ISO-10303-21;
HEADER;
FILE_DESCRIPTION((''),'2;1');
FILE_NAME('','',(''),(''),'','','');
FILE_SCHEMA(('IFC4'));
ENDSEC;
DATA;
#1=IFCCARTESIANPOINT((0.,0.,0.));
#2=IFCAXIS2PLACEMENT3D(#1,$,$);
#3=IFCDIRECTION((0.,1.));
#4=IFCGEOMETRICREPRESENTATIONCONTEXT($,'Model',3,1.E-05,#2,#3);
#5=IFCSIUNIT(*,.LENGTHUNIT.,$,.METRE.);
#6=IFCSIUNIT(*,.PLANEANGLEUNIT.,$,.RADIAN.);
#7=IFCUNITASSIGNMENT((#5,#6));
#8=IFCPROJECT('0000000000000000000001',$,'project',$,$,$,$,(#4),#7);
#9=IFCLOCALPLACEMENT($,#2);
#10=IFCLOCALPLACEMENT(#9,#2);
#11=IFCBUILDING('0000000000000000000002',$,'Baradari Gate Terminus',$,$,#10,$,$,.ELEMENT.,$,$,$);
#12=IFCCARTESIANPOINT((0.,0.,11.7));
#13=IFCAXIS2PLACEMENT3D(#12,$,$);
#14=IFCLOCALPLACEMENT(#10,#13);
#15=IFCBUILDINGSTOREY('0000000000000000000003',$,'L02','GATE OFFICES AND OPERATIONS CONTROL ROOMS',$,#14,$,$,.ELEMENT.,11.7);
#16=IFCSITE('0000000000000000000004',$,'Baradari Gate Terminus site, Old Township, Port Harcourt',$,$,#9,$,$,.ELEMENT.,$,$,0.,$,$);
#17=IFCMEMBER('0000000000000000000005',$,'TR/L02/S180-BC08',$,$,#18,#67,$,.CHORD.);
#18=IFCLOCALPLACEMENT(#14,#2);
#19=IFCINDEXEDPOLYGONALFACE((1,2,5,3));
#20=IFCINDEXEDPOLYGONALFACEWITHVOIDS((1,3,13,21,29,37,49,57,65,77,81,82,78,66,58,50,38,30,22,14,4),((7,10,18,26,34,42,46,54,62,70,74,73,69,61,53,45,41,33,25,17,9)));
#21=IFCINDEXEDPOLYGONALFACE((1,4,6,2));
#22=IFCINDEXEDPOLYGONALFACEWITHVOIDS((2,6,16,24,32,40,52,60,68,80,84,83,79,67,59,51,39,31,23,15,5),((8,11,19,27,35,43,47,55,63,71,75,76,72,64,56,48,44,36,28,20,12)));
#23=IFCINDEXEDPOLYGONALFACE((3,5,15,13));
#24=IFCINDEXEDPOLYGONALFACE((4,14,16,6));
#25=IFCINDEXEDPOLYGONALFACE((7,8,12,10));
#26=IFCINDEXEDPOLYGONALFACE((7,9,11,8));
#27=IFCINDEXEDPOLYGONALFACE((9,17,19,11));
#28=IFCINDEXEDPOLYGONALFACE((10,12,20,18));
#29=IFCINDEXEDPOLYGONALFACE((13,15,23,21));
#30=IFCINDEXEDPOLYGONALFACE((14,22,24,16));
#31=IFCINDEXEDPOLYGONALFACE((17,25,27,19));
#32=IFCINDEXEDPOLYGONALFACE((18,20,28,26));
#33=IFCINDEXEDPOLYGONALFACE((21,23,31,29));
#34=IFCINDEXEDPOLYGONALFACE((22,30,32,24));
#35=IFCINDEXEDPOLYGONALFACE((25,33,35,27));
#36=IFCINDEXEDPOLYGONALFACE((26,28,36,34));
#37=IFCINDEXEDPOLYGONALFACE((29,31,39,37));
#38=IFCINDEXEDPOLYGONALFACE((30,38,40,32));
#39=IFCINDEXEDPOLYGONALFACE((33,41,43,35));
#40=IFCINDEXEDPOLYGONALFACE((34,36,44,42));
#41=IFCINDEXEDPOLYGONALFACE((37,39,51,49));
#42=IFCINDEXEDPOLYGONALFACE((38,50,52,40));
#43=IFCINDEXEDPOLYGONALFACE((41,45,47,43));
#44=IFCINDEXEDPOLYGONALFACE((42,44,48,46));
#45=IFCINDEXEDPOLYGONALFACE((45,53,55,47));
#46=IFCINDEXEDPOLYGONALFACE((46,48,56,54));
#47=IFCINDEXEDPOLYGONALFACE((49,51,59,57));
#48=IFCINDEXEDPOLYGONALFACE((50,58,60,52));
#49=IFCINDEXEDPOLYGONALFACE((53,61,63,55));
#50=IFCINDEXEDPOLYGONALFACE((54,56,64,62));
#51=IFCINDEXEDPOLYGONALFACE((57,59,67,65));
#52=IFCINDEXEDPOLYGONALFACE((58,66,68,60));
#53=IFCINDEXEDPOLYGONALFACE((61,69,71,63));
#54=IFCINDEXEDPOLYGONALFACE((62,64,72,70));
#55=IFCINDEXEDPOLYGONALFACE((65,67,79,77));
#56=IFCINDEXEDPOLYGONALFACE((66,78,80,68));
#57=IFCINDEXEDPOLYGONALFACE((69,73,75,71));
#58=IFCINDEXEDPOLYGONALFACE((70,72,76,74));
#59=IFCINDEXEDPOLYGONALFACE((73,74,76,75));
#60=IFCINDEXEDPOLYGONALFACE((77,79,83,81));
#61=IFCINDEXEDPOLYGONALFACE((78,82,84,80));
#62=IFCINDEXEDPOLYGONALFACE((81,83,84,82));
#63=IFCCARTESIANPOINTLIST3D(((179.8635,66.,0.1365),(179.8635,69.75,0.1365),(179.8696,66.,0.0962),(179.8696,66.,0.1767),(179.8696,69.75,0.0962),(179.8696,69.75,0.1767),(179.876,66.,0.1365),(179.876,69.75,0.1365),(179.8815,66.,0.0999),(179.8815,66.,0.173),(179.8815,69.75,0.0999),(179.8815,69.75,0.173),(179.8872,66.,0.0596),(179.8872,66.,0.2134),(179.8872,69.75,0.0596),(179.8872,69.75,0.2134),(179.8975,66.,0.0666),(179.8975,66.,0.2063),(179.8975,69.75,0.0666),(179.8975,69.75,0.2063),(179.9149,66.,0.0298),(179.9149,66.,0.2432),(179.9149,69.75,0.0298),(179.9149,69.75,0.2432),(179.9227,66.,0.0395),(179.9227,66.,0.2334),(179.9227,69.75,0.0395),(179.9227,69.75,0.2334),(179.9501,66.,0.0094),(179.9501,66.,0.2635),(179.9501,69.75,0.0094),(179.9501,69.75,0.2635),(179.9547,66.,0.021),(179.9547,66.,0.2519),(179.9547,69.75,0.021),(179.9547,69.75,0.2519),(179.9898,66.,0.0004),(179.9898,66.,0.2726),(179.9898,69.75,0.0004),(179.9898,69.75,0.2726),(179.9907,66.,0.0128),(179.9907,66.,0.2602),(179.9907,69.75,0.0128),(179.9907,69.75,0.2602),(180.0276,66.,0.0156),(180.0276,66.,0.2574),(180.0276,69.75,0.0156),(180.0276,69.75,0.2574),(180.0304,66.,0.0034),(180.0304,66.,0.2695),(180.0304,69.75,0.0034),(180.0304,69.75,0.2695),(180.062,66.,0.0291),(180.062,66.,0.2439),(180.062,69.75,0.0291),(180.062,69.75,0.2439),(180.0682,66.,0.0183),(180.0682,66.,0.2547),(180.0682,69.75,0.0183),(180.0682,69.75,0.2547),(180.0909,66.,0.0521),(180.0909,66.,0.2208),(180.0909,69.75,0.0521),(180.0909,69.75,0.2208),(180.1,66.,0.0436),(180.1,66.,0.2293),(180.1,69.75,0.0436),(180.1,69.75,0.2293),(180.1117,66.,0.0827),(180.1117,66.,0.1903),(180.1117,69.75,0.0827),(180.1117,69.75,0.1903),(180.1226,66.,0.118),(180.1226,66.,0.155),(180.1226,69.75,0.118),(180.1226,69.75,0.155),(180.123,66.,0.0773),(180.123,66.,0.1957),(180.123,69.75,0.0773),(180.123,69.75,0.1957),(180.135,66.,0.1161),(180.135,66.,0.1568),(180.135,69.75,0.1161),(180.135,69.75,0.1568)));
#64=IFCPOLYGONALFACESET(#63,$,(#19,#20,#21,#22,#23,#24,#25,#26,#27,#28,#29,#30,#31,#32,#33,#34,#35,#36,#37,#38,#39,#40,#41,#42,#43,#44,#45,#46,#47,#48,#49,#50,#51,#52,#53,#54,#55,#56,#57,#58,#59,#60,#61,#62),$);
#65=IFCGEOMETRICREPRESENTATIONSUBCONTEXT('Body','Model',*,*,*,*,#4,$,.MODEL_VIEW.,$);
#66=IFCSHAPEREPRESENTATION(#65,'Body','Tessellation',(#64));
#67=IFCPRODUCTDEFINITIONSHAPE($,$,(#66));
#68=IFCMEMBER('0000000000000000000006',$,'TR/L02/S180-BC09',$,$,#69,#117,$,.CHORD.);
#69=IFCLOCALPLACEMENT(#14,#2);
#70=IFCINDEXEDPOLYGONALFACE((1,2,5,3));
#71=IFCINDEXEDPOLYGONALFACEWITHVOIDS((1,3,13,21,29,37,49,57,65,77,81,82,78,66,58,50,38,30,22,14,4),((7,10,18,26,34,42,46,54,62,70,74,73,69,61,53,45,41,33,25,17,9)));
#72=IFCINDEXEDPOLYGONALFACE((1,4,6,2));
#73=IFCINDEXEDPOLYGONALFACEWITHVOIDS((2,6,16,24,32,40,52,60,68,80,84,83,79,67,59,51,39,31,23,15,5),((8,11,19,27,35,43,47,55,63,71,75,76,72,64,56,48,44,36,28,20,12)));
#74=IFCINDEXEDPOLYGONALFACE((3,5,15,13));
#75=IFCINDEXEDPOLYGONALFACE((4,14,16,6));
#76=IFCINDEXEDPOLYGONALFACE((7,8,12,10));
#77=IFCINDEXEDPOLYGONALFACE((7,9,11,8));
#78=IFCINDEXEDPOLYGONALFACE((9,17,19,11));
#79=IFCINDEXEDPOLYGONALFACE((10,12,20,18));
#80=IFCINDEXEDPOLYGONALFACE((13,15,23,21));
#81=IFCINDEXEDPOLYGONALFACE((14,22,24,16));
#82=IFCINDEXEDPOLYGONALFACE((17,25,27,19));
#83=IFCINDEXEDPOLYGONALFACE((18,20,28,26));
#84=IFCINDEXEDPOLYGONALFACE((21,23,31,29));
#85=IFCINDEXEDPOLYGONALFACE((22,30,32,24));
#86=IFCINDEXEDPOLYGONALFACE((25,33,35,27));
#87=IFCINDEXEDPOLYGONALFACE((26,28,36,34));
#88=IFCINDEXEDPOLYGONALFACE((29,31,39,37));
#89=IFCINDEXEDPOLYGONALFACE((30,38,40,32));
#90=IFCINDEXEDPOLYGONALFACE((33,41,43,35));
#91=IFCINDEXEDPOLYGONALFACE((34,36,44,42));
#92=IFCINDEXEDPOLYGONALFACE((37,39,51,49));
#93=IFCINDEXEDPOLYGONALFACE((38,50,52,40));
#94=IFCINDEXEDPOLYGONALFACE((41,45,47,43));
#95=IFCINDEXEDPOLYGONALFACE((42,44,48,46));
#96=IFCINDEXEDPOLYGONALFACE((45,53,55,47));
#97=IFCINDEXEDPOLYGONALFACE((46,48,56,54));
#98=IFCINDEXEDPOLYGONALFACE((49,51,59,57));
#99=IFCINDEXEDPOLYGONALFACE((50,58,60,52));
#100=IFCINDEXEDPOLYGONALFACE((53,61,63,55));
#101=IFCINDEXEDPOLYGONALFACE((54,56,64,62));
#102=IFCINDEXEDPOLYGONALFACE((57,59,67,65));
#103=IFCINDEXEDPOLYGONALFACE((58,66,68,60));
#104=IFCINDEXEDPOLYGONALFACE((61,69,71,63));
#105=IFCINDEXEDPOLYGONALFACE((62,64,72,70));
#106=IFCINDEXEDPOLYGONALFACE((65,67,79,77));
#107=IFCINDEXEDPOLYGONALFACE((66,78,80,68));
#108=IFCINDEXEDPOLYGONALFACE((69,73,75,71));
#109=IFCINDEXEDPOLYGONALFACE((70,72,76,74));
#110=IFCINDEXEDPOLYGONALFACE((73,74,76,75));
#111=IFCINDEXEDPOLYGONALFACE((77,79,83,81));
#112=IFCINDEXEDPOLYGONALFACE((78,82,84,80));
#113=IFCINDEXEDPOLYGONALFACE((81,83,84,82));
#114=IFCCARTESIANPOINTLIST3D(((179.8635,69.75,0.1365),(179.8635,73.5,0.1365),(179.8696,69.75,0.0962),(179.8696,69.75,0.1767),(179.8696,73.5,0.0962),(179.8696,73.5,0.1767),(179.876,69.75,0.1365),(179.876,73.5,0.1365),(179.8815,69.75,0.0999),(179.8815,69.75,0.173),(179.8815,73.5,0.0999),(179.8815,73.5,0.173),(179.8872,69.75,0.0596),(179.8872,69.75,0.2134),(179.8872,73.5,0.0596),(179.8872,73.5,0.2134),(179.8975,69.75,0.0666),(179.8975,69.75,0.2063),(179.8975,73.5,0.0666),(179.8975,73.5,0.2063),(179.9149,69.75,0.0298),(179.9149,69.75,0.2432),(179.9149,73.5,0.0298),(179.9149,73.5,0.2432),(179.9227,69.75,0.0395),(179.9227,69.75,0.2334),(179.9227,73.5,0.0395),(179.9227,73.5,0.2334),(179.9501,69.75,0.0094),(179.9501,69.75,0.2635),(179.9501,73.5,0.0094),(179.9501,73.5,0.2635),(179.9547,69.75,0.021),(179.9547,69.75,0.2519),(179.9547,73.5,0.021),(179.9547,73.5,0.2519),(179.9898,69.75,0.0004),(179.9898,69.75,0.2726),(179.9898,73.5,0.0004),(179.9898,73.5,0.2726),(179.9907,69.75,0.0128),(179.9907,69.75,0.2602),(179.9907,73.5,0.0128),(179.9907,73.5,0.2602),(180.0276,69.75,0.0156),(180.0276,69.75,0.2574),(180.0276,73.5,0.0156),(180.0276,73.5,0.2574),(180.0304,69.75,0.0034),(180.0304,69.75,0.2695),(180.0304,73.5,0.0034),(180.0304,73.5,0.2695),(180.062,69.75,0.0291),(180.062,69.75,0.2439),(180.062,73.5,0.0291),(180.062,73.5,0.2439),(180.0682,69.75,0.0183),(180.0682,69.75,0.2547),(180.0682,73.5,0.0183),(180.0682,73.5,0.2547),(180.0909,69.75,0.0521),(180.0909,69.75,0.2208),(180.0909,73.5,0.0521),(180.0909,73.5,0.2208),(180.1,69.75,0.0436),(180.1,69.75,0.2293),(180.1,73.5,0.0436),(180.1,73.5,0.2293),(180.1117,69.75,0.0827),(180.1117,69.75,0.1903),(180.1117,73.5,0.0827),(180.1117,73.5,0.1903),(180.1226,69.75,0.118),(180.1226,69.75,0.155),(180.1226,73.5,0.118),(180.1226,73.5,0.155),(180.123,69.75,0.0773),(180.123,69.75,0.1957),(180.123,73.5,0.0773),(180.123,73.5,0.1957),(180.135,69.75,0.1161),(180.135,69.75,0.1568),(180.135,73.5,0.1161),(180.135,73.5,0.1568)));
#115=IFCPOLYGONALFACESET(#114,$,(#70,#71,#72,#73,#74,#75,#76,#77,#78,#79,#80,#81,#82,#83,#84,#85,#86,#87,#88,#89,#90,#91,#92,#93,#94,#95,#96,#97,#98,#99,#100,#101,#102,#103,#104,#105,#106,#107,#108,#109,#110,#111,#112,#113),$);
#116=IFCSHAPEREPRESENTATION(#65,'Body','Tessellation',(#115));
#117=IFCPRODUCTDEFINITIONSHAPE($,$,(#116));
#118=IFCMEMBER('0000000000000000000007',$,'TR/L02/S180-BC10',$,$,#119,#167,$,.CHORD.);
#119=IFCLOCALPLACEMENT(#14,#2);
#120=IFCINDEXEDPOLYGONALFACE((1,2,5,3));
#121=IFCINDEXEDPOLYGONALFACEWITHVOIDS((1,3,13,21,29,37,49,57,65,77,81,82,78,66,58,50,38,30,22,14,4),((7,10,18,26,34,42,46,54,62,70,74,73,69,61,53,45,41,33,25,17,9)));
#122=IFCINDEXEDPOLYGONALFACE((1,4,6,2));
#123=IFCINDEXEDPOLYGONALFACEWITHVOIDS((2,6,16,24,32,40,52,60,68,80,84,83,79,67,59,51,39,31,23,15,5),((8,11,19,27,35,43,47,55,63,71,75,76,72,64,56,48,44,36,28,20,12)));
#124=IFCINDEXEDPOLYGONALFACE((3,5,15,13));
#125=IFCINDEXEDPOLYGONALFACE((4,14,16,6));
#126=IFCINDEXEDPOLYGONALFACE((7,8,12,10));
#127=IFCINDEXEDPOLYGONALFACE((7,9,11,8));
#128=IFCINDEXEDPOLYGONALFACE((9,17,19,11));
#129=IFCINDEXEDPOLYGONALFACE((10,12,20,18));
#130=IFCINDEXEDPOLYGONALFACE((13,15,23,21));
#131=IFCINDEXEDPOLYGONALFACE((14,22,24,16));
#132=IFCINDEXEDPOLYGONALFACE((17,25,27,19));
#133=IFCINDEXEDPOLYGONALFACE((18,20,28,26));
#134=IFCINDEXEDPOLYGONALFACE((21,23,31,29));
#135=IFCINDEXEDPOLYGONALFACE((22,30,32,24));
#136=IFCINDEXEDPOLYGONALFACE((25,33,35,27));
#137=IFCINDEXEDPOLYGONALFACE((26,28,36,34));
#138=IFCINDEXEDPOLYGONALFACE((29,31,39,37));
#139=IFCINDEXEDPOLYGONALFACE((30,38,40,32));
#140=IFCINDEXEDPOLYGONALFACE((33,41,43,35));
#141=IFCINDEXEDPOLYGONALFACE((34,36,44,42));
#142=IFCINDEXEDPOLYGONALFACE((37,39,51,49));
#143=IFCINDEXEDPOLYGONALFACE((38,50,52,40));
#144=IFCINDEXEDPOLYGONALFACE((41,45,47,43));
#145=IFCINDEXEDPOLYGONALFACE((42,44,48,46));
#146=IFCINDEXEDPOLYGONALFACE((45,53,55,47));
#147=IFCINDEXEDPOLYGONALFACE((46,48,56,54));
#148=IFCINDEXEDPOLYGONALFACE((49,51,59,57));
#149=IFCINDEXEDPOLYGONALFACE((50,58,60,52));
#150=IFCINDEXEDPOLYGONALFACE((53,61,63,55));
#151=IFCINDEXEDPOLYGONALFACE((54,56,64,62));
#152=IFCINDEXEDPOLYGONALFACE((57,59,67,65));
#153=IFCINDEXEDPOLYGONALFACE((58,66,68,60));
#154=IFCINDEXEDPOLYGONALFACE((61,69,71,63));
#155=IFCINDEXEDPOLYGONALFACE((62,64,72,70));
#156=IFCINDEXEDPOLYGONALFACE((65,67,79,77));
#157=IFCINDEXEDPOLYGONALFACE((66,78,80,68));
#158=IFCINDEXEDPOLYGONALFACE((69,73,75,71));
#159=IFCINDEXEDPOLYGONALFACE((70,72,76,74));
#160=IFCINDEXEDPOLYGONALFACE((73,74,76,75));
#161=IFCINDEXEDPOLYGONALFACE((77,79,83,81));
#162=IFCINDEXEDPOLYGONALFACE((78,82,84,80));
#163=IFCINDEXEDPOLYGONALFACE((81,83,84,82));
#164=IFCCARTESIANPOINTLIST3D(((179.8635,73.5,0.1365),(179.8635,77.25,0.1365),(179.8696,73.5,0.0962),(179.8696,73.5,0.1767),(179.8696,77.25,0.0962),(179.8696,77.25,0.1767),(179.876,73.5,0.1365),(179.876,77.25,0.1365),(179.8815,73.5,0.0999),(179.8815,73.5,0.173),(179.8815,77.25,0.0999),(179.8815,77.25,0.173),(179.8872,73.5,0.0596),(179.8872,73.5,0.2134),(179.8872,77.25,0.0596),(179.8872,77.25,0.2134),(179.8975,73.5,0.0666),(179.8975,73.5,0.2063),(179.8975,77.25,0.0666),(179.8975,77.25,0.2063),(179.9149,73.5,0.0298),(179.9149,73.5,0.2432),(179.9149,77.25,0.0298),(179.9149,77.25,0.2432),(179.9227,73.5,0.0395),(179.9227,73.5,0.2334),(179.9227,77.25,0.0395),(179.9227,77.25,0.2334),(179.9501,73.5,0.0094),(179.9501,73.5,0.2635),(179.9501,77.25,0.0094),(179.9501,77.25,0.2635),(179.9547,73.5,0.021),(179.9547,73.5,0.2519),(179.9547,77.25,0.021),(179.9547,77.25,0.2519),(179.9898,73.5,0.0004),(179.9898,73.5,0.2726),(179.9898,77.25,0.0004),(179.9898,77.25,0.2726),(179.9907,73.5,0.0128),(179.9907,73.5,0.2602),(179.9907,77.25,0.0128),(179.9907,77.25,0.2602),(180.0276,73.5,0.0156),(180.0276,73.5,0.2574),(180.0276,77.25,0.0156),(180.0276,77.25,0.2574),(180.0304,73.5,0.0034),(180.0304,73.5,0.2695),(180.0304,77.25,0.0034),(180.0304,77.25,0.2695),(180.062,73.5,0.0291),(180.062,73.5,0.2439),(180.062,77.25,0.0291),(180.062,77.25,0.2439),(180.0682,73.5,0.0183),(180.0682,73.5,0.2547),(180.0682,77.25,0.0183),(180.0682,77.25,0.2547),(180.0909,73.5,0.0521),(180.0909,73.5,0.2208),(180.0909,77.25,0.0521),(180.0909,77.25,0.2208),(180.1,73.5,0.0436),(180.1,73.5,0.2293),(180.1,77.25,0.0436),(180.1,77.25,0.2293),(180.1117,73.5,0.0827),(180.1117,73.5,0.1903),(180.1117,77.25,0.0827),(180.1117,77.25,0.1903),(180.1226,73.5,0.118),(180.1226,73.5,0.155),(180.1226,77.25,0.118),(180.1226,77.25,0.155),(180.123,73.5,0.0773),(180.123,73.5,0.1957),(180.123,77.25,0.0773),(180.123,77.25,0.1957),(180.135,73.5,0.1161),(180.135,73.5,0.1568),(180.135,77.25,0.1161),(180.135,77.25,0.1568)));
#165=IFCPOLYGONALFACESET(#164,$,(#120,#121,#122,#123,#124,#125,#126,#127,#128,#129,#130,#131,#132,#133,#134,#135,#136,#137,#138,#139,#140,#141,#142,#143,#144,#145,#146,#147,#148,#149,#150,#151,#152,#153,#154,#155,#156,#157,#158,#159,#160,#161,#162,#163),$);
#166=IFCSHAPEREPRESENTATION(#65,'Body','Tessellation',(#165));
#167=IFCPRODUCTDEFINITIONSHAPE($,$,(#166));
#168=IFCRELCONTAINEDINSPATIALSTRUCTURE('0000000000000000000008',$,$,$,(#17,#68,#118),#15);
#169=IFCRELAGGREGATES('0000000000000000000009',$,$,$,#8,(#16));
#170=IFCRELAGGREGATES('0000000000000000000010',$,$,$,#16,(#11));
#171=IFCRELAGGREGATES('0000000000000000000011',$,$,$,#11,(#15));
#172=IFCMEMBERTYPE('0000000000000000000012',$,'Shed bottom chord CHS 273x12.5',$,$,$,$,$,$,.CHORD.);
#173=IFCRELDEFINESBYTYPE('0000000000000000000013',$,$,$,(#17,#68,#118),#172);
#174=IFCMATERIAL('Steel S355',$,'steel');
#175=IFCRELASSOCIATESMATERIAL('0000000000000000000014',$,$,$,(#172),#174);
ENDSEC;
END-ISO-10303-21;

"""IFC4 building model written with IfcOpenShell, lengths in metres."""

from ifc_helpers import new_model, si_unit, direction, frame, origin, origin_2d, place, context, subcontext, project, spatial, hollow_circle, extrude, material, material_profile, profile_set, type_object, element, save


model = new_model("IFC4")

# Units and contexts
model_context = context("Model", 3, precision=1e-05, world=origin(), true_north=direction((0.0, 1.0)))
body_context = subcontext(model_context, "Body", "Model", "MODEL_VIEW")
ifc_project = project(units=[si_unit("LENGTHUNIT", "METRE"), si_unit("PLANEANGLEUNIT", "RADIAN")], contexts=[model_context])

# Site, building, storey
site_placement = place(None, origin())
site = spatial("IfcSite", under=ifc_project, at=site_placement, Name="Baradari Gate Terminus site, Old Township, Port Harcourt", CompositionType="ELEMENT", RefElevation=0.0)
building_placement = place(site_placement, origin())
building = spatial("IfcBuilding", under=site, at=building_placement, Name="Baradari Gate Terminus", CompositionType="ELEMENT")
storey_placement = place(building_placement, frame((0.0, 0.0, 11.7)))
storey = spatial("IfcBuildingStorey", under=building, at=storey_placement, Name="L02", Description="GATE OFFICES AND OPERATIONS CONTROL ROOMS", CompositionType="ELEMENT", Elevation=11.7)

# Members
ifc_material_1 = material(Name="Steel S355", Category="steel")
ifc_material_profile_1 = material_profile(ifc_material_1, hollow_circle(Radius=0.1365, WallThickness=0.0125, at=origin_2d()), Name="CHS 273x12.5")
ifc_profile_set_1 = profile_set([ifc_material_profile_1], Name="Steel S355")
member_type_1 = type_object("IfcMemberType", Name="Shed bottom chord CHS 273x12.5", PredefinedType="CHORD", material=ifc_profile_set_1)
for number, where, z_axis, x_axis, name in (
    (1, (180.0, 66.0, 0.1365), (0.0, 1.0, 0.0), (-1.0, 0.0, 0.0), "TR/L02/S180-BC08"),
    (2, (180.0, 69.75, 0.1365), (0.0, 1.0, 0.0), (-1.0, 0.0, 0.0), "TR/L02/S180-BC09"),
    (3, (180.0, 73.5, 0.1365), (0.0, 1.0, 0.0), (-1.0, 0.0, 0.0), "TR/L02/S180-BC10"),
):
    element("IfcMember", number, at=place(storey_placement, frame(where, z_axis=z_axis, x_axis=x_axis)), inside=storey, type_object=member_type_1, Name=name, PredefinedType="CHORD", context=body_context, shape_type="SweptSolid", body=[
        extrude(hollow_circle(Radius=0.1365, WallThickness=0.0125, at=origin_2d()), origin(), (0.0, 0.0, 1.0), 3.75),
    ])

save(model, "model.ifc")
